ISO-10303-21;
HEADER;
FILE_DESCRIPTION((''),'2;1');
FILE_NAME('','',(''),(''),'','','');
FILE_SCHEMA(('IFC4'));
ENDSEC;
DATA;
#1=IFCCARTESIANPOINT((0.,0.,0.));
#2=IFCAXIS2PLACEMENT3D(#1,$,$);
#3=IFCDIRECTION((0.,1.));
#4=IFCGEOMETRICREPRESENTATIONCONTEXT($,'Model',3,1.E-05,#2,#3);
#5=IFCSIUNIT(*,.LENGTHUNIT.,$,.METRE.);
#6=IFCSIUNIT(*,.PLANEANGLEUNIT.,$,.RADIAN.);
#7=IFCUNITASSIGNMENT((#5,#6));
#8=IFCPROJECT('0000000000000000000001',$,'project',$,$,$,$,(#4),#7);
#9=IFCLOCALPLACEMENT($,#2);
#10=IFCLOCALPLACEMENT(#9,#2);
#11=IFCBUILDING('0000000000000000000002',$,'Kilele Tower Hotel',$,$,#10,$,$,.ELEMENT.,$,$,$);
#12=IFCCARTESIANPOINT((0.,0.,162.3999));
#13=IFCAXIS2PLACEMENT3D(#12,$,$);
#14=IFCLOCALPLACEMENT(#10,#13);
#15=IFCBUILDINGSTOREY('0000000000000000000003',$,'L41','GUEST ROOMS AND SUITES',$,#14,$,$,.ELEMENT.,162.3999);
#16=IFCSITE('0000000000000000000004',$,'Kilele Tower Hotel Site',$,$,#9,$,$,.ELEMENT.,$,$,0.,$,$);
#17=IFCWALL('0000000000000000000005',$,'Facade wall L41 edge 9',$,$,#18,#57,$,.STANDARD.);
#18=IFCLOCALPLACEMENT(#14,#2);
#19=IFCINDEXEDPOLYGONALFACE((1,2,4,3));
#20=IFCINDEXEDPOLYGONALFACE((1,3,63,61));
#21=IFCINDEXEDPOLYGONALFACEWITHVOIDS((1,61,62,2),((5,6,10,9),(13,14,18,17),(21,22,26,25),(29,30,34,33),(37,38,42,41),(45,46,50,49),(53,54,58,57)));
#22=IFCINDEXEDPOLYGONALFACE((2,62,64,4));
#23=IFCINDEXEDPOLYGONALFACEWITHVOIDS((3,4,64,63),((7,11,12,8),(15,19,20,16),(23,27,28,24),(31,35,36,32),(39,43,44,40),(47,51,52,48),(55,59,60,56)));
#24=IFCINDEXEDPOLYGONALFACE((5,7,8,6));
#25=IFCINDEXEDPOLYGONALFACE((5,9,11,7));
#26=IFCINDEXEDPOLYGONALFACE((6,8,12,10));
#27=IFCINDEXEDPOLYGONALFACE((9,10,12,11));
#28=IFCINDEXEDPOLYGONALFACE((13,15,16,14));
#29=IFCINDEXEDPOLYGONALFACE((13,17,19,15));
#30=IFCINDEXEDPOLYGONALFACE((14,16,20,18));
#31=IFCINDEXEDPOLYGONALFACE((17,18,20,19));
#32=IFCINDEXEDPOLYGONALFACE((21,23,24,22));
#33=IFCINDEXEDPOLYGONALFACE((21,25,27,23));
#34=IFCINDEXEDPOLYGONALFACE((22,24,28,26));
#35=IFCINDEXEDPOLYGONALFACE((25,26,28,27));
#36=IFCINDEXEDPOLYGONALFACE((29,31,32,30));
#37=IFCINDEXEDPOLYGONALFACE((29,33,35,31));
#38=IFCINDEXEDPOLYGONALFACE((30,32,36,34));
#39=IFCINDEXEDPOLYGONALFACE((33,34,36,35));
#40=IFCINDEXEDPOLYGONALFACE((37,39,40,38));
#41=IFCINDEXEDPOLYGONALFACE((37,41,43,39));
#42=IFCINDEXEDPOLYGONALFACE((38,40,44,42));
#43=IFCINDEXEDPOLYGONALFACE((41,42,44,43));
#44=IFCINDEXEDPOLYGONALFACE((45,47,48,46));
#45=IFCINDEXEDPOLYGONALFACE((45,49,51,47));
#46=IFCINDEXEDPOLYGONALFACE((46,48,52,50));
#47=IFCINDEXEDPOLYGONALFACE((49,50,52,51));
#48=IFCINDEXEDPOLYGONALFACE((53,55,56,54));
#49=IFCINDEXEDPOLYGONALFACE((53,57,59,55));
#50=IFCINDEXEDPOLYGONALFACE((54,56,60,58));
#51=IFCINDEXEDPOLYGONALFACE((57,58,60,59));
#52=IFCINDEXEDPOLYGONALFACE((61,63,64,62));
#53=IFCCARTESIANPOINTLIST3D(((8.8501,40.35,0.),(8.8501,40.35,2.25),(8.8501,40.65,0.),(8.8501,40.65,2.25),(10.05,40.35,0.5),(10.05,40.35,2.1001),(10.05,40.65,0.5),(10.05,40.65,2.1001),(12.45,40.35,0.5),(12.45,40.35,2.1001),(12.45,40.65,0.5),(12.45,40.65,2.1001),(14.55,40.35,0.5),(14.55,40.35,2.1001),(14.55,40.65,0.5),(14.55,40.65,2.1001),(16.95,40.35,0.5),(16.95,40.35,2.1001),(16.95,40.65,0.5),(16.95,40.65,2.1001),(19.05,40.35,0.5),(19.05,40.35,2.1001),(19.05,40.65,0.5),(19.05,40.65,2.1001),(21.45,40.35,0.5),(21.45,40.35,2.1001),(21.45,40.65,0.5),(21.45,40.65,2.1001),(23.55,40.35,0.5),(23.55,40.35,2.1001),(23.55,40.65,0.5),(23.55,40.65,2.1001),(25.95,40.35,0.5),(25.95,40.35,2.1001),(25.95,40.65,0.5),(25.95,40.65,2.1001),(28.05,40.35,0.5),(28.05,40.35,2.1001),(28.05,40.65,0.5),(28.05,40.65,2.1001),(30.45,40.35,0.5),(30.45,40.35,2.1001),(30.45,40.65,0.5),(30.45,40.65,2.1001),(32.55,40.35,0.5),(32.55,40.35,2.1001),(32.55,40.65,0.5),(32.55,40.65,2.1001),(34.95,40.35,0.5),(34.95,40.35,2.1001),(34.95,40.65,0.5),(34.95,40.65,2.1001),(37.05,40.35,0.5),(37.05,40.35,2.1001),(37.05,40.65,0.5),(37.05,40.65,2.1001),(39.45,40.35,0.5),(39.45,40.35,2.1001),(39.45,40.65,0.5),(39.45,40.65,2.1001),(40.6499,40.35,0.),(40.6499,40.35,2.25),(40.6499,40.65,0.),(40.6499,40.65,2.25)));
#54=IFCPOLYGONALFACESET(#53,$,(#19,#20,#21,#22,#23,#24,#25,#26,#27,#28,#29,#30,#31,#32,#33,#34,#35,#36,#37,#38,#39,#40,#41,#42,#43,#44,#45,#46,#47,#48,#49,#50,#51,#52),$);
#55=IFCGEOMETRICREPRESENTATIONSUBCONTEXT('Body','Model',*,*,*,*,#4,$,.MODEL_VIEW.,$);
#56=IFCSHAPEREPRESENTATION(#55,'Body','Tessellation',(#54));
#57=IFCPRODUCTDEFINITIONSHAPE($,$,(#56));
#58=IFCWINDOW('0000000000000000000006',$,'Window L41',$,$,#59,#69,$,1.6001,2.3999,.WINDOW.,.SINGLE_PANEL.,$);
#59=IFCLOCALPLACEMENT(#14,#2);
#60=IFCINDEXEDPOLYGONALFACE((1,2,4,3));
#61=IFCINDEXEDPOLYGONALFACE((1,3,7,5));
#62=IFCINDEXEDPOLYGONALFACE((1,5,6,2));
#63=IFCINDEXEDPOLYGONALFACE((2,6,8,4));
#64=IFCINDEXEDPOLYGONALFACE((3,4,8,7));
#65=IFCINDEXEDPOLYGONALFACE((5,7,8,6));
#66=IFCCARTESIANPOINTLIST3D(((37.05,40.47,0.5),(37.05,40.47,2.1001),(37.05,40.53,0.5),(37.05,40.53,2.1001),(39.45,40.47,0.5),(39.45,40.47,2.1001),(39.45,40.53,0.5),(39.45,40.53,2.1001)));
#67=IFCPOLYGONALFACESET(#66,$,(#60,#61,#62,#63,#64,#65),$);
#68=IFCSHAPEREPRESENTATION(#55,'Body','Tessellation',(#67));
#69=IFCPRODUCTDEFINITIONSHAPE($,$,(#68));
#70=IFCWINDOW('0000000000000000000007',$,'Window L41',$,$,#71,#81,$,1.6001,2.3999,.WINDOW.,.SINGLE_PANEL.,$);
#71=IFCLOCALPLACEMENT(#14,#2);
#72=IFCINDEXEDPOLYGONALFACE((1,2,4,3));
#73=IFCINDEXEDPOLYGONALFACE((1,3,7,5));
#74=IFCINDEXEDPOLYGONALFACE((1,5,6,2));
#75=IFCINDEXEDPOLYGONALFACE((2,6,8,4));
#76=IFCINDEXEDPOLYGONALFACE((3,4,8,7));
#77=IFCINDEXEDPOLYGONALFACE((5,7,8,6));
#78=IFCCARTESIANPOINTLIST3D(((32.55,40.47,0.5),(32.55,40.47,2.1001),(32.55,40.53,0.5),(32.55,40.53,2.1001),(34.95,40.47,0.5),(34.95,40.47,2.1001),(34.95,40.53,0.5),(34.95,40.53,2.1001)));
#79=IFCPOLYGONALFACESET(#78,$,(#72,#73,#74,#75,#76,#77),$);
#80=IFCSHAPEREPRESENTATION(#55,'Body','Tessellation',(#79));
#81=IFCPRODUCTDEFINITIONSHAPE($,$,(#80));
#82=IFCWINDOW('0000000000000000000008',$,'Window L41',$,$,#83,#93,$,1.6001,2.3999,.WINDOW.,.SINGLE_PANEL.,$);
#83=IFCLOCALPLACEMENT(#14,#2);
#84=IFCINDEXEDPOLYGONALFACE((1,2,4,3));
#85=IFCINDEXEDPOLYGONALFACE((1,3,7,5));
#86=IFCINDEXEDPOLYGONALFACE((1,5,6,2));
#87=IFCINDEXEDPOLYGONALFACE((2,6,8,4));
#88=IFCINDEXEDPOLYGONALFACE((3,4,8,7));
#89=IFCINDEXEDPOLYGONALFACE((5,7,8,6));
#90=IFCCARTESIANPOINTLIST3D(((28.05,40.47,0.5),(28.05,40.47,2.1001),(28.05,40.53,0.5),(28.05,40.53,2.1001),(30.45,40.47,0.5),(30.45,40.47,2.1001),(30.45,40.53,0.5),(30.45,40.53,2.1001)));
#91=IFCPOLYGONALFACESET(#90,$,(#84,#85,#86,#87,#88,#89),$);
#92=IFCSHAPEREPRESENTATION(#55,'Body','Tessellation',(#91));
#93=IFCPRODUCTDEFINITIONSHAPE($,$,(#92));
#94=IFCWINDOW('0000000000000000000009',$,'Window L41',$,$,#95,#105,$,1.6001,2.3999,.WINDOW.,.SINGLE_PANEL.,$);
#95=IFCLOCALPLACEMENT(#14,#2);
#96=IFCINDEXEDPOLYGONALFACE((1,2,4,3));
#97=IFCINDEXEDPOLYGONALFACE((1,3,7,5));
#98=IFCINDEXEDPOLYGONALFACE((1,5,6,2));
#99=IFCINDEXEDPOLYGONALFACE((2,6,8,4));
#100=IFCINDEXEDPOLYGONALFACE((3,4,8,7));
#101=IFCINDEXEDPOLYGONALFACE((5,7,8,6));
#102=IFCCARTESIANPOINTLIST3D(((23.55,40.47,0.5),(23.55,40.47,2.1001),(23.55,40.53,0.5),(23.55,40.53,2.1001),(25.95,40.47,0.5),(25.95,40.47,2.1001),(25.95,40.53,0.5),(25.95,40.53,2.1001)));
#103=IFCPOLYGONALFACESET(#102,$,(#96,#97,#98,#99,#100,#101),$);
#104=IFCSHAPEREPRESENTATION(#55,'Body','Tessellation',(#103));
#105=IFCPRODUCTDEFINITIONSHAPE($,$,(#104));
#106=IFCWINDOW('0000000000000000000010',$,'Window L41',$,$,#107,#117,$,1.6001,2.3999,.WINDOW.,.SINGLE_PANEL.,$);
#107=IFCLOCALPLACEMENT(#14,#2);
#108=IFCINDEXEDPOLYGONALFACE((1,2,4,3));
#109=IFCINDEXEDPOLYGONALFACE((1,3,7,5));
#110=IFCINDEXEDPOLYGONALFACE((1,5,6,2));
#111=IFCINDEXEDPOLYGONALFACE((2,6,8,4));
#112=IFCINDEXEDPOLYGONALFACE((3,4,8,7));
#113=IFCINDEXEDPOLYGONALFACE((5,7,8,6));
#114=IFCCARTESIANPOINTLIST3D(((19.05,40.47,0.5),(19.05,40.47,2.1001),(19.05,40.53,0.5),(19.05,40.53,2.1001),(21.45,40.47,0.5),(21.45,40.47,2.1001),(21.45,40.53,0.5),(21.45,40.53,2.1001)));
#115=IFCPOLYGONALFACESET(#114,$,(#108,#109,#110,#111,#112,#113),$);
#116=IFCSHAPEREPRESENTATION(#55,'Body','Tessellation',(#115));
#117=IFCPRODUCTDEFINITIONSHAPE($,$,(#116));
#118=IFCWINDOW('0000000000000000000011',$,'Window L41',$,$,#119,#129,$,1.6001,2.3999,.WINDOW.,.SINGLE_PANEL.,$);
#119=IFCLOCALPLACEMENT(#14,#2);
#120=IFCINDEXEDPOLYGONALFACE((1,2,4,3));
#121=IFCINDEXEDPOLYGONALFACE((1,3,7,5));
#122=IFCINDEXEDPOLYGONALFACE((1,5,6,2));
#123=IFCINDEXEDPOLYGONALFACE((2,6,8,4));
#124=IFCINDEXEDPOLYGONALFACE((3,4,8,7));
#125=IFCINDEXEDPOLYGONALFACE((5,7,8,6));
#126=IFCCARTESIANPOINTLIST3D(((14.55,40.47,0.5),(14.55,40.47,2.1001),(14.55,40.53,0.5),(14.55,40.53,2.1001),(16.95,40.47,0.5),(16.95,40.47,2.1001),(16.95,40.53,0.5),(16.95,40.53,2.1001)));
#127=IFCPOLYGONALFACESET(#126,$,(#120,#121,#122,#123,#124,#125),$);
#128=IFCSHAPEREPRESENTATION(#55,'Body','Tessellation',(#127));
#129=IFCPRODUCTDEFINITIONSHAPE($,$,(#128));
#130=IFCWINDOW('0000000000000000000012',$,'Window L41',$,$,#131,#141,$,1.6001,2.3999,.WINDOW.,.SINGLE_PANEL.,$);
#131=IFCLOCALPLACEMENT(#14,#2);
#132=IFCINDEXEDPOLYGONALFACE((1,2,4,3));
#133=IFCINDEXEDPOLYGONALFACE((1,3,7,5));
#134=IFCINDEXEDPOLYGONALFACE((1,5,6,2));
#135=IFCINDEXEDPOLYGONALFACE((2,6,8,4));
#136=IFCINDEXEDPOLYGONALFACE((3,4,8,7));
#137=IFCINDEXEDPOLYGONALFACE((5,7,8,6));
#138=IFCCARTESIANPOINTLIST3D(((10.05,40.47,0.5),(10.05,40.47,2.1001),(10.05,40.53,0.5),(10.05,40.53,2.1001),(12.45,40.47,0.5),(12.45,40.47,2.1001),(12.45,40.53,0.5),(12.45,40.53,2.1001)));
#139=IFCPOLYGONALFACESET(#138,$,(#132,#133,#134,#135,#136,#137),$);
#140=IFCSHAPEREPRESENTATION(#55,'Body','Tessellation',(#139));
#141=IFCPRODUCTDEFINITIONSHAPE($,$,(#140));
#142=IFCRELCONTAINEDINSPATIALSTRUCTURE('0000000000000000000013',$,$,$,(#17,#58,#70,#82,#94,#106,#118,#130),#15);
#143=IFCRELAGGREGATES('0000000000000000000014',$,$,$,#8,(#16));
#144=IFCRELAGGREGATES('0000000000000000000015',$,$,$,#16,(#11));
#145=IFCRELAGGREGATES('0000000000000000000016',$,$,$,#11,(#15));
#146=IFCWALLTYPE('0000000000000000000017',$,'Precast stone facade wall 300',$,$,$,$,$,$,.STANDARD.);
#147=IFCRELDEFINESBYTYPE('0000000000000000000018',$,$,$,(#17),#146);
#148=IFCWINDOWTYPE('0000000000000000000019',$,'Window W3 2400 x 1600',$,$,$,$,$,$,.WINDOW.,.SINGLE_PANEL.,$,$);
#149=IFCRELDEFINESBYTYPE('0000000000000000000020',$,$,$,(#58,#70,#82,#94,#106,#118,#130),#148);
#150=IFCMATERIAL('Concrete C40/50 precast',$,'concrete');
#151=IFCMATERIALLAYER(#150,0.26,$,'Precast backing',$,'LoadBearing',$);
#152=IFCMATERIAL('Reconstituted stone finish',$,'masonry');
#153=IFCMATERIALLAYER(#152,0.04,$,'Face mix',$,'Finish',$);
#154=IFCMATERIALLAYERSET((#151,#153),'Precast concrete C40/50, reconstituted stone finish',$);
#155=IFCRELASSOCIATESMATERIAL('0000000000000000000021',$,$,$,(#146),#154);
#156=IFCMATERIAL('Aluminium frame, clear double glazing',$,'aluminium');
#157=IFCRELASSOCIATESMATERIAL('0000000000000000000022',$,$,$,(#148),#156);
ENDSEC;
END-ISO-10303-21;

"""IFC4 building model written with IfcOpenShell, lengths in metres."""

from ifc_helpers import new_model, si_unit, direction, frame, frame_2d, origin, place, context, subcontext, project, spatial, rectangle, extrude, material, layer, layer_set, type_object, element, fill, save


model = new_model("IFC4")

# Units and contexts
model_context = context("Model", 3, precision=1e-05, world=origin(), true_north=direction((0.0, 1.0)))
body_context = subcontext(model_context, "Body", "Model", "MODEL_VIEW")
ifc_project = project(units=[si_unit("LENGTHUNIT", "METRE"), si_unit("PLANEANGLEUNIT", "RADIAN")], contexts=[model_context])

# Site, building, storey
site_placement = place(None, origin())
site = spatial("IfcSite", under=ifc_project, at=site_placement, Name="Kilele Tower Hotel Site", CompositionType="ELEMENT", RefElevation=0.0)
building_placement = place(site_placement, origin())
building = spatial("IfcBuilding", under=site, at=building_placement, Name="Kilele Tower Hotel", CompositionType="ELEMENT")
storey_placement = place(building_placement, frame((0.0, 0.0, 162.3999)))
storey = spatial("IfcBuildingStorey", under=building, at=storey_placement, Name="L41", Description="GUEST ROOMS AND SUITES", CompositionType="ELEMENT", Elevation=162.3999)

# Shared definitions
ifc_material_1 = material(Name="Concrete C40/50 precast", Category="concrete")
ifc_layer_1 = layer(ifc_material_1, 0.26, Name="Precast backing", Category="LoadBearing")
ifc_material_2 = material(Name="Reconstituted stone finish", Category="masonry")
ifc_layer_2 = layer(ifc_material_2, 0.04, Name="Face mix", Category="Finish")
ifc_layer_set_1 = layer_set([ifc_layer_1, ifc_layer_2], Name="Precast concrete C40/50, reconstituted stone finish")
wall_type_1 = type_object("IfcWallType", Name="Precast stone facade wall 300", PredefinedType="STANDARD", material=ifc_layer_set_1)
ifc_material_3 = material(Name="Aluminium frame, clear double glazing", Category="aluminium")
window_type = type_object("IfcWindowType", Name="Window W3 2400 x 1600", PartitioningType="SINGLE_PANEL", PredefinedType="WINDOW", material=ifc_material_3)

# Wall, openings, windows
wall_1_placement = place(storey_placement, frame((40.6499, 40.5, 0.0), z_axis=(0.0, 0.0, 1.0), x_axis=(-1.0, 0.0, 0.0)))
wall_1 = element("IfcWall", 1, at=wall_1_placement, inside=storey, type_object=wall_type_1, Name="Facade wall L41 edge 9", PredefinedType="STANDARD", context=body_context, shape_type="SweptSolid", body=[
    extrude(rectangle(XDim=31.7998, YDim=0.3, at=frame_2d((15.8999, 0.0))), origin(), (0.0, 0.0, 1.0), 2.25),
])
opening_1_placement = place(wall_1_placement, frame((1.2, 0.0, 0.5)))
opening_1 = element("IfcOpeningElement", 2, at=opening_1_placement, cuts=wall_1, PredefinedType="OPENING", context=body_context, shape_type="SweptSolid", body=[
    extrude(rectangle(XDim=2.3999, YDim=1.6001, at=frame_2d((1.2, 0.8))), frame((0.0, 0.1599, 0.0), z_axis=(0.0, -1.0, 0.0), x_axis=(1.0, 0.0, 0.0)), (0.0, 0.0, 1.0), 0.3201),
])
opening_2_placement = place(wall_1_placement, frame((5.7, 0.0, 0.5)))
opening_2 = element("IfcOpeningElement", 3, at=opening_2_placement, cuts=wall_1, PredefinedType="OPENING", context=body_context, shape_type="SweptSolid", body=[
    extrude(rectangle(XDim=2.3999, YDim=1.6001, at=frame_2d((1.2, 0.8))), frame((0.0, 0.1599, 0.0), z_axis=(0.0, -1.0, 0.0), x_axis=(1.0, 0.0, 0.0)), (0.0, 0.0, 1.0), 0.3201),
])
opening_3_placement = place(wall_1_placement, frame((10.2, 0.0, 0.5)))
opening_3 = element("IfcOpeningElement", 4, at=opening_3_placement, cuts=wall_1, PredefinedType="OPENING", context=body_context, shape_type="SweptSolid", body=[
    extrude(rectangle(XDim=2.3999, YDim=1.6001, at=frame_2d((1.2, 0.8))), frame((0.0, 0.1599, 0.0), z_axis=(0.0, -1.0, 0.0), x_axis=(1.0, 0.0, 0.0)), (0.0, 0.0, 1.0), 0.3201),
])
opening_4_placement = place(wall_1_placement, frame((14.7, 0.0, 0.5)))
opening_4 = element("IfcOpeningElement", 5, at=opening_4_placement, cuts=wall_1, PredefinedType="OPENING", context=body_context, shape_type="SweptSolid", body=[
    extrude(rectangle(XDim=2.3999, YDim=1.6001, at=frame_2d((1.2, 0.8))), frame((0.0, 0.1599, 0.0), z_axis=(0.0, -1.0, 0.0), x_axis=(1.0, 0.0, 0.0)), (0.0, 0.0, 1.0), 0.3201),
])
opening_5_placement = place(wall_1_placement, frame((19.2, 0.0, 0.5)))
opening_5 = element("IfcOpeningElement", 6, at=opening_5_placement, cuts=wall_1, PredefinedType="OPENING", context=body_context, shape_type="SweptSolid", body=[
    extrude(rectangle(XDim=2.3999, YDim=1.6001, at=frame_2d((1.2, 0.8))), frame((0.0, 0.1599, 0.0), z_axis=(0.0, -1.0, 0.0), x_axis=(1.0, 0.0, 0.0)), (0.0, 0.0, 1.0), 0.3201),
])
opening_6_placement = place(wall_1_placement, frame((23.7, 0.0, 0.5)))
opening_6 = element("IfcOpeningElement", 7, at=opening_6_placement, cuts=wall_1, PredefinedType="OPENING", context=body_context, shape_type="SweptSolid", body=[
    extrude(rectangle(XDim=2.3999, YDim=1.6001, at=frame_2d((1.2, 0.8))), frame((0.0, 0.1599, 0.0), z_axis=(0.0, -1.0, 0.0), x_axis=(1.0, 0.0, 0.0)), (0.0, 0.0, 1.0), 0.3201),
])
opening_7_placement = place(wall_1_placement, frame((28.2, 0.0, 0.5)))
opening_7 = element("IfcOpeningElement", 8, at=opening_7_placement, cuts=wall_1, PredefinedType="OPENING", context=body_context, shape_type="SweptSolid", body=[
    extrude(rectangle(XDim=2.3999, YDim=1.6001, at=frame_2d((1.2, 0.8))), frame((0.0, 0.1599, 0.0), z_axis=(0.0, -1.0, 0.0), x_axis=(1.0, 0.0, 0.0)), (0.0, 0.0, 1.0), 0.3201),
])
window_1_placement = place(opening_1_placement, origin())
window_1 = element("IfcWindow", 9, at=window_1_placement, inside=storey, type_object=window_type, Name="Window L41", OverallHeight=1.6001, OverallWidth=2.3999, PartitioningType="SINGLE_PANEL", PredefinedType="WINDOW", context=body_context, shape_type="SweptSolid", body=[
    extrude(rectangle(XDim=2.3999, YDim=1.6001, at=frame_2d((1.2, 0.8))), frame((0.0, 0.03, 0.0), z_axis=(0.0, -1.0, 0.0), x_axis=(1.0, 0.0, 0.0)), (0.0, 0.0, 1.0), 0.0601),
])
fill(opening_1, window_1)
window_2_placement = place(opening_2_placement, origin())
window_2 = element("IfcWindow", 10, at=window_2_placement, inside=storey, type_object=window_type, Name="Window L41", OverallHeight=1.6001, OverallWidth=2.3999, PartitioningType="SINGLE_PANEL", PredefinedType="WINDOW", context=body_context, shape_type="SweptSolid", body=[
    extrude(rectangle(XDim=2.3999, YDim=1.6001, at=frame_2d((1.2, 0.8))), frame((0.0, 0.03, 0.0), z_axis=(0.0, -1.0, 0.0), x_axis=(1.0, 0.0, 0.0)), (0.0, 0.0, 1.0), 0.0601),
])
fill(opening_2, window_2)
window_3_placement = place(opening_3_placement, origin())
window_3 = element("IfcWindow", 11, at=window_3_placement, inside=storey, type_object=window_type, Name="Window L41", OverallHeight=1.6001, OverallWidth=2.3999, PartitioningType="SINGLE_PANEL", PredefinedType="WINDOW", context=body_context, shape_type="SweptSolid", body=[
    extrude(rectangle(XDim=2.3999, YDim=1.6001, at=frame_2d((1.2, 0.8))), frame((0.0, 0.03, 0.0), z_axis=(0.0, -1.0, 0.0), x_axis=(1.0, 0.0, 0.0)), (0.0, 0.0, 1.0), 0.0601),
])
fill(opening_3, window_3)
window_4_placement = place(opening_4_placement, origin())
window_4 = element("IfcWindow", 12, at=window_4_placement, inside=storey, type_object=window_type, Name="Window L41", OverallHeight=1.6001, OverallWidth=2.3999, PartitioningType="SINGLE_PANEL", PredefinedType="WINDOW", context=body_context, shape_type="SweptSolid", body=[
    extrude(rectangle(XDim=2.3999, YDim=1.6001, at=frame_2d((1.2, 0.8))), frame((0.0, 0.03, 0.0), z_axis=(0.0, -1.0, 0.0), x_axis=(1.0, 0.0, 0.0)), (0.0, 0.0, 1.0), 0.0601),
])
fill(opening_4, window_4)
window_5_placement = place(opening_5_placement, origin())
window_5 = element("IfcWindow", 13, at=window_5_placement, inside=storey, type_object=window_type, Name="Window L41", OverallHeight=1.6001, OverallWidth=2.3999, PartitioningType="SINGLE_PANEL", PredefinedType="WINDOW", context=body_context, shape_type="SweptSolid", body=[
    extrude(rectangle(XDim=2.3999, YDim=1.6001, at=frame_2d((1.2, 0.8))), frame((0.0, 0.03, 0.0), z_axis=(0.0, -1.0, 0.0), x_axis=(1.0, 0.0, 0.0)), (0.0, 0.0, 1.0), 0.0601),
])
fill(opening_5, window_5)
window_6_placement = place(opening_6_placement, origin())
window_6 = element("IfcWindow", 14, at=window_6_placement, inside=storey, type_object=window_type, Name="Window L41", OverallHeight=1.6001, OverallWidth=2.3999, PartitioningType="SINGLE_PANEL", PredefinedType="WINDOW", context=body_context, shape_type="SweptSolid", body=[
    extrude(rectangle(XDim=2.3999, YDim=1.6001, at=frame_2d((1.2, 0.8))), frame((0.0, 0.03, 0.0), z_axis=(0.0, -1.0, 0.0), x_axis=(1.0, 0.0, 0.0)), (0.0, 0.0, 1.0), 0.0601),
])
fill(opening_6, window_6)
window_7_placement = place(opening_7_placement, origin())
window_7 = element("IfcWindow", 15, at=window_7_placement, inside=storey, type_object=window_type, Name="Window L41", OverallHeight=1.6001, OverallWidth=2.3999, PartitioningType="SINGLE_PANEL", PredefinedType="WINDOW", context=body_context, shape_type="SweptSolid", body=[
    extrude(rectangle(XDim=2.3999, YDim=1.6001, at=frame_2d((1.2, 0.8))), frame((0.0, 0.03, 0.0), z_axis=(0.0, -1.0, 0.0), x_axis=(1.0, 0.0, 0.0)), (0.0, 0.0, 1.0), 0.0601),
])
fill(opening_7, window_7)

save(model, "model.ifc")
